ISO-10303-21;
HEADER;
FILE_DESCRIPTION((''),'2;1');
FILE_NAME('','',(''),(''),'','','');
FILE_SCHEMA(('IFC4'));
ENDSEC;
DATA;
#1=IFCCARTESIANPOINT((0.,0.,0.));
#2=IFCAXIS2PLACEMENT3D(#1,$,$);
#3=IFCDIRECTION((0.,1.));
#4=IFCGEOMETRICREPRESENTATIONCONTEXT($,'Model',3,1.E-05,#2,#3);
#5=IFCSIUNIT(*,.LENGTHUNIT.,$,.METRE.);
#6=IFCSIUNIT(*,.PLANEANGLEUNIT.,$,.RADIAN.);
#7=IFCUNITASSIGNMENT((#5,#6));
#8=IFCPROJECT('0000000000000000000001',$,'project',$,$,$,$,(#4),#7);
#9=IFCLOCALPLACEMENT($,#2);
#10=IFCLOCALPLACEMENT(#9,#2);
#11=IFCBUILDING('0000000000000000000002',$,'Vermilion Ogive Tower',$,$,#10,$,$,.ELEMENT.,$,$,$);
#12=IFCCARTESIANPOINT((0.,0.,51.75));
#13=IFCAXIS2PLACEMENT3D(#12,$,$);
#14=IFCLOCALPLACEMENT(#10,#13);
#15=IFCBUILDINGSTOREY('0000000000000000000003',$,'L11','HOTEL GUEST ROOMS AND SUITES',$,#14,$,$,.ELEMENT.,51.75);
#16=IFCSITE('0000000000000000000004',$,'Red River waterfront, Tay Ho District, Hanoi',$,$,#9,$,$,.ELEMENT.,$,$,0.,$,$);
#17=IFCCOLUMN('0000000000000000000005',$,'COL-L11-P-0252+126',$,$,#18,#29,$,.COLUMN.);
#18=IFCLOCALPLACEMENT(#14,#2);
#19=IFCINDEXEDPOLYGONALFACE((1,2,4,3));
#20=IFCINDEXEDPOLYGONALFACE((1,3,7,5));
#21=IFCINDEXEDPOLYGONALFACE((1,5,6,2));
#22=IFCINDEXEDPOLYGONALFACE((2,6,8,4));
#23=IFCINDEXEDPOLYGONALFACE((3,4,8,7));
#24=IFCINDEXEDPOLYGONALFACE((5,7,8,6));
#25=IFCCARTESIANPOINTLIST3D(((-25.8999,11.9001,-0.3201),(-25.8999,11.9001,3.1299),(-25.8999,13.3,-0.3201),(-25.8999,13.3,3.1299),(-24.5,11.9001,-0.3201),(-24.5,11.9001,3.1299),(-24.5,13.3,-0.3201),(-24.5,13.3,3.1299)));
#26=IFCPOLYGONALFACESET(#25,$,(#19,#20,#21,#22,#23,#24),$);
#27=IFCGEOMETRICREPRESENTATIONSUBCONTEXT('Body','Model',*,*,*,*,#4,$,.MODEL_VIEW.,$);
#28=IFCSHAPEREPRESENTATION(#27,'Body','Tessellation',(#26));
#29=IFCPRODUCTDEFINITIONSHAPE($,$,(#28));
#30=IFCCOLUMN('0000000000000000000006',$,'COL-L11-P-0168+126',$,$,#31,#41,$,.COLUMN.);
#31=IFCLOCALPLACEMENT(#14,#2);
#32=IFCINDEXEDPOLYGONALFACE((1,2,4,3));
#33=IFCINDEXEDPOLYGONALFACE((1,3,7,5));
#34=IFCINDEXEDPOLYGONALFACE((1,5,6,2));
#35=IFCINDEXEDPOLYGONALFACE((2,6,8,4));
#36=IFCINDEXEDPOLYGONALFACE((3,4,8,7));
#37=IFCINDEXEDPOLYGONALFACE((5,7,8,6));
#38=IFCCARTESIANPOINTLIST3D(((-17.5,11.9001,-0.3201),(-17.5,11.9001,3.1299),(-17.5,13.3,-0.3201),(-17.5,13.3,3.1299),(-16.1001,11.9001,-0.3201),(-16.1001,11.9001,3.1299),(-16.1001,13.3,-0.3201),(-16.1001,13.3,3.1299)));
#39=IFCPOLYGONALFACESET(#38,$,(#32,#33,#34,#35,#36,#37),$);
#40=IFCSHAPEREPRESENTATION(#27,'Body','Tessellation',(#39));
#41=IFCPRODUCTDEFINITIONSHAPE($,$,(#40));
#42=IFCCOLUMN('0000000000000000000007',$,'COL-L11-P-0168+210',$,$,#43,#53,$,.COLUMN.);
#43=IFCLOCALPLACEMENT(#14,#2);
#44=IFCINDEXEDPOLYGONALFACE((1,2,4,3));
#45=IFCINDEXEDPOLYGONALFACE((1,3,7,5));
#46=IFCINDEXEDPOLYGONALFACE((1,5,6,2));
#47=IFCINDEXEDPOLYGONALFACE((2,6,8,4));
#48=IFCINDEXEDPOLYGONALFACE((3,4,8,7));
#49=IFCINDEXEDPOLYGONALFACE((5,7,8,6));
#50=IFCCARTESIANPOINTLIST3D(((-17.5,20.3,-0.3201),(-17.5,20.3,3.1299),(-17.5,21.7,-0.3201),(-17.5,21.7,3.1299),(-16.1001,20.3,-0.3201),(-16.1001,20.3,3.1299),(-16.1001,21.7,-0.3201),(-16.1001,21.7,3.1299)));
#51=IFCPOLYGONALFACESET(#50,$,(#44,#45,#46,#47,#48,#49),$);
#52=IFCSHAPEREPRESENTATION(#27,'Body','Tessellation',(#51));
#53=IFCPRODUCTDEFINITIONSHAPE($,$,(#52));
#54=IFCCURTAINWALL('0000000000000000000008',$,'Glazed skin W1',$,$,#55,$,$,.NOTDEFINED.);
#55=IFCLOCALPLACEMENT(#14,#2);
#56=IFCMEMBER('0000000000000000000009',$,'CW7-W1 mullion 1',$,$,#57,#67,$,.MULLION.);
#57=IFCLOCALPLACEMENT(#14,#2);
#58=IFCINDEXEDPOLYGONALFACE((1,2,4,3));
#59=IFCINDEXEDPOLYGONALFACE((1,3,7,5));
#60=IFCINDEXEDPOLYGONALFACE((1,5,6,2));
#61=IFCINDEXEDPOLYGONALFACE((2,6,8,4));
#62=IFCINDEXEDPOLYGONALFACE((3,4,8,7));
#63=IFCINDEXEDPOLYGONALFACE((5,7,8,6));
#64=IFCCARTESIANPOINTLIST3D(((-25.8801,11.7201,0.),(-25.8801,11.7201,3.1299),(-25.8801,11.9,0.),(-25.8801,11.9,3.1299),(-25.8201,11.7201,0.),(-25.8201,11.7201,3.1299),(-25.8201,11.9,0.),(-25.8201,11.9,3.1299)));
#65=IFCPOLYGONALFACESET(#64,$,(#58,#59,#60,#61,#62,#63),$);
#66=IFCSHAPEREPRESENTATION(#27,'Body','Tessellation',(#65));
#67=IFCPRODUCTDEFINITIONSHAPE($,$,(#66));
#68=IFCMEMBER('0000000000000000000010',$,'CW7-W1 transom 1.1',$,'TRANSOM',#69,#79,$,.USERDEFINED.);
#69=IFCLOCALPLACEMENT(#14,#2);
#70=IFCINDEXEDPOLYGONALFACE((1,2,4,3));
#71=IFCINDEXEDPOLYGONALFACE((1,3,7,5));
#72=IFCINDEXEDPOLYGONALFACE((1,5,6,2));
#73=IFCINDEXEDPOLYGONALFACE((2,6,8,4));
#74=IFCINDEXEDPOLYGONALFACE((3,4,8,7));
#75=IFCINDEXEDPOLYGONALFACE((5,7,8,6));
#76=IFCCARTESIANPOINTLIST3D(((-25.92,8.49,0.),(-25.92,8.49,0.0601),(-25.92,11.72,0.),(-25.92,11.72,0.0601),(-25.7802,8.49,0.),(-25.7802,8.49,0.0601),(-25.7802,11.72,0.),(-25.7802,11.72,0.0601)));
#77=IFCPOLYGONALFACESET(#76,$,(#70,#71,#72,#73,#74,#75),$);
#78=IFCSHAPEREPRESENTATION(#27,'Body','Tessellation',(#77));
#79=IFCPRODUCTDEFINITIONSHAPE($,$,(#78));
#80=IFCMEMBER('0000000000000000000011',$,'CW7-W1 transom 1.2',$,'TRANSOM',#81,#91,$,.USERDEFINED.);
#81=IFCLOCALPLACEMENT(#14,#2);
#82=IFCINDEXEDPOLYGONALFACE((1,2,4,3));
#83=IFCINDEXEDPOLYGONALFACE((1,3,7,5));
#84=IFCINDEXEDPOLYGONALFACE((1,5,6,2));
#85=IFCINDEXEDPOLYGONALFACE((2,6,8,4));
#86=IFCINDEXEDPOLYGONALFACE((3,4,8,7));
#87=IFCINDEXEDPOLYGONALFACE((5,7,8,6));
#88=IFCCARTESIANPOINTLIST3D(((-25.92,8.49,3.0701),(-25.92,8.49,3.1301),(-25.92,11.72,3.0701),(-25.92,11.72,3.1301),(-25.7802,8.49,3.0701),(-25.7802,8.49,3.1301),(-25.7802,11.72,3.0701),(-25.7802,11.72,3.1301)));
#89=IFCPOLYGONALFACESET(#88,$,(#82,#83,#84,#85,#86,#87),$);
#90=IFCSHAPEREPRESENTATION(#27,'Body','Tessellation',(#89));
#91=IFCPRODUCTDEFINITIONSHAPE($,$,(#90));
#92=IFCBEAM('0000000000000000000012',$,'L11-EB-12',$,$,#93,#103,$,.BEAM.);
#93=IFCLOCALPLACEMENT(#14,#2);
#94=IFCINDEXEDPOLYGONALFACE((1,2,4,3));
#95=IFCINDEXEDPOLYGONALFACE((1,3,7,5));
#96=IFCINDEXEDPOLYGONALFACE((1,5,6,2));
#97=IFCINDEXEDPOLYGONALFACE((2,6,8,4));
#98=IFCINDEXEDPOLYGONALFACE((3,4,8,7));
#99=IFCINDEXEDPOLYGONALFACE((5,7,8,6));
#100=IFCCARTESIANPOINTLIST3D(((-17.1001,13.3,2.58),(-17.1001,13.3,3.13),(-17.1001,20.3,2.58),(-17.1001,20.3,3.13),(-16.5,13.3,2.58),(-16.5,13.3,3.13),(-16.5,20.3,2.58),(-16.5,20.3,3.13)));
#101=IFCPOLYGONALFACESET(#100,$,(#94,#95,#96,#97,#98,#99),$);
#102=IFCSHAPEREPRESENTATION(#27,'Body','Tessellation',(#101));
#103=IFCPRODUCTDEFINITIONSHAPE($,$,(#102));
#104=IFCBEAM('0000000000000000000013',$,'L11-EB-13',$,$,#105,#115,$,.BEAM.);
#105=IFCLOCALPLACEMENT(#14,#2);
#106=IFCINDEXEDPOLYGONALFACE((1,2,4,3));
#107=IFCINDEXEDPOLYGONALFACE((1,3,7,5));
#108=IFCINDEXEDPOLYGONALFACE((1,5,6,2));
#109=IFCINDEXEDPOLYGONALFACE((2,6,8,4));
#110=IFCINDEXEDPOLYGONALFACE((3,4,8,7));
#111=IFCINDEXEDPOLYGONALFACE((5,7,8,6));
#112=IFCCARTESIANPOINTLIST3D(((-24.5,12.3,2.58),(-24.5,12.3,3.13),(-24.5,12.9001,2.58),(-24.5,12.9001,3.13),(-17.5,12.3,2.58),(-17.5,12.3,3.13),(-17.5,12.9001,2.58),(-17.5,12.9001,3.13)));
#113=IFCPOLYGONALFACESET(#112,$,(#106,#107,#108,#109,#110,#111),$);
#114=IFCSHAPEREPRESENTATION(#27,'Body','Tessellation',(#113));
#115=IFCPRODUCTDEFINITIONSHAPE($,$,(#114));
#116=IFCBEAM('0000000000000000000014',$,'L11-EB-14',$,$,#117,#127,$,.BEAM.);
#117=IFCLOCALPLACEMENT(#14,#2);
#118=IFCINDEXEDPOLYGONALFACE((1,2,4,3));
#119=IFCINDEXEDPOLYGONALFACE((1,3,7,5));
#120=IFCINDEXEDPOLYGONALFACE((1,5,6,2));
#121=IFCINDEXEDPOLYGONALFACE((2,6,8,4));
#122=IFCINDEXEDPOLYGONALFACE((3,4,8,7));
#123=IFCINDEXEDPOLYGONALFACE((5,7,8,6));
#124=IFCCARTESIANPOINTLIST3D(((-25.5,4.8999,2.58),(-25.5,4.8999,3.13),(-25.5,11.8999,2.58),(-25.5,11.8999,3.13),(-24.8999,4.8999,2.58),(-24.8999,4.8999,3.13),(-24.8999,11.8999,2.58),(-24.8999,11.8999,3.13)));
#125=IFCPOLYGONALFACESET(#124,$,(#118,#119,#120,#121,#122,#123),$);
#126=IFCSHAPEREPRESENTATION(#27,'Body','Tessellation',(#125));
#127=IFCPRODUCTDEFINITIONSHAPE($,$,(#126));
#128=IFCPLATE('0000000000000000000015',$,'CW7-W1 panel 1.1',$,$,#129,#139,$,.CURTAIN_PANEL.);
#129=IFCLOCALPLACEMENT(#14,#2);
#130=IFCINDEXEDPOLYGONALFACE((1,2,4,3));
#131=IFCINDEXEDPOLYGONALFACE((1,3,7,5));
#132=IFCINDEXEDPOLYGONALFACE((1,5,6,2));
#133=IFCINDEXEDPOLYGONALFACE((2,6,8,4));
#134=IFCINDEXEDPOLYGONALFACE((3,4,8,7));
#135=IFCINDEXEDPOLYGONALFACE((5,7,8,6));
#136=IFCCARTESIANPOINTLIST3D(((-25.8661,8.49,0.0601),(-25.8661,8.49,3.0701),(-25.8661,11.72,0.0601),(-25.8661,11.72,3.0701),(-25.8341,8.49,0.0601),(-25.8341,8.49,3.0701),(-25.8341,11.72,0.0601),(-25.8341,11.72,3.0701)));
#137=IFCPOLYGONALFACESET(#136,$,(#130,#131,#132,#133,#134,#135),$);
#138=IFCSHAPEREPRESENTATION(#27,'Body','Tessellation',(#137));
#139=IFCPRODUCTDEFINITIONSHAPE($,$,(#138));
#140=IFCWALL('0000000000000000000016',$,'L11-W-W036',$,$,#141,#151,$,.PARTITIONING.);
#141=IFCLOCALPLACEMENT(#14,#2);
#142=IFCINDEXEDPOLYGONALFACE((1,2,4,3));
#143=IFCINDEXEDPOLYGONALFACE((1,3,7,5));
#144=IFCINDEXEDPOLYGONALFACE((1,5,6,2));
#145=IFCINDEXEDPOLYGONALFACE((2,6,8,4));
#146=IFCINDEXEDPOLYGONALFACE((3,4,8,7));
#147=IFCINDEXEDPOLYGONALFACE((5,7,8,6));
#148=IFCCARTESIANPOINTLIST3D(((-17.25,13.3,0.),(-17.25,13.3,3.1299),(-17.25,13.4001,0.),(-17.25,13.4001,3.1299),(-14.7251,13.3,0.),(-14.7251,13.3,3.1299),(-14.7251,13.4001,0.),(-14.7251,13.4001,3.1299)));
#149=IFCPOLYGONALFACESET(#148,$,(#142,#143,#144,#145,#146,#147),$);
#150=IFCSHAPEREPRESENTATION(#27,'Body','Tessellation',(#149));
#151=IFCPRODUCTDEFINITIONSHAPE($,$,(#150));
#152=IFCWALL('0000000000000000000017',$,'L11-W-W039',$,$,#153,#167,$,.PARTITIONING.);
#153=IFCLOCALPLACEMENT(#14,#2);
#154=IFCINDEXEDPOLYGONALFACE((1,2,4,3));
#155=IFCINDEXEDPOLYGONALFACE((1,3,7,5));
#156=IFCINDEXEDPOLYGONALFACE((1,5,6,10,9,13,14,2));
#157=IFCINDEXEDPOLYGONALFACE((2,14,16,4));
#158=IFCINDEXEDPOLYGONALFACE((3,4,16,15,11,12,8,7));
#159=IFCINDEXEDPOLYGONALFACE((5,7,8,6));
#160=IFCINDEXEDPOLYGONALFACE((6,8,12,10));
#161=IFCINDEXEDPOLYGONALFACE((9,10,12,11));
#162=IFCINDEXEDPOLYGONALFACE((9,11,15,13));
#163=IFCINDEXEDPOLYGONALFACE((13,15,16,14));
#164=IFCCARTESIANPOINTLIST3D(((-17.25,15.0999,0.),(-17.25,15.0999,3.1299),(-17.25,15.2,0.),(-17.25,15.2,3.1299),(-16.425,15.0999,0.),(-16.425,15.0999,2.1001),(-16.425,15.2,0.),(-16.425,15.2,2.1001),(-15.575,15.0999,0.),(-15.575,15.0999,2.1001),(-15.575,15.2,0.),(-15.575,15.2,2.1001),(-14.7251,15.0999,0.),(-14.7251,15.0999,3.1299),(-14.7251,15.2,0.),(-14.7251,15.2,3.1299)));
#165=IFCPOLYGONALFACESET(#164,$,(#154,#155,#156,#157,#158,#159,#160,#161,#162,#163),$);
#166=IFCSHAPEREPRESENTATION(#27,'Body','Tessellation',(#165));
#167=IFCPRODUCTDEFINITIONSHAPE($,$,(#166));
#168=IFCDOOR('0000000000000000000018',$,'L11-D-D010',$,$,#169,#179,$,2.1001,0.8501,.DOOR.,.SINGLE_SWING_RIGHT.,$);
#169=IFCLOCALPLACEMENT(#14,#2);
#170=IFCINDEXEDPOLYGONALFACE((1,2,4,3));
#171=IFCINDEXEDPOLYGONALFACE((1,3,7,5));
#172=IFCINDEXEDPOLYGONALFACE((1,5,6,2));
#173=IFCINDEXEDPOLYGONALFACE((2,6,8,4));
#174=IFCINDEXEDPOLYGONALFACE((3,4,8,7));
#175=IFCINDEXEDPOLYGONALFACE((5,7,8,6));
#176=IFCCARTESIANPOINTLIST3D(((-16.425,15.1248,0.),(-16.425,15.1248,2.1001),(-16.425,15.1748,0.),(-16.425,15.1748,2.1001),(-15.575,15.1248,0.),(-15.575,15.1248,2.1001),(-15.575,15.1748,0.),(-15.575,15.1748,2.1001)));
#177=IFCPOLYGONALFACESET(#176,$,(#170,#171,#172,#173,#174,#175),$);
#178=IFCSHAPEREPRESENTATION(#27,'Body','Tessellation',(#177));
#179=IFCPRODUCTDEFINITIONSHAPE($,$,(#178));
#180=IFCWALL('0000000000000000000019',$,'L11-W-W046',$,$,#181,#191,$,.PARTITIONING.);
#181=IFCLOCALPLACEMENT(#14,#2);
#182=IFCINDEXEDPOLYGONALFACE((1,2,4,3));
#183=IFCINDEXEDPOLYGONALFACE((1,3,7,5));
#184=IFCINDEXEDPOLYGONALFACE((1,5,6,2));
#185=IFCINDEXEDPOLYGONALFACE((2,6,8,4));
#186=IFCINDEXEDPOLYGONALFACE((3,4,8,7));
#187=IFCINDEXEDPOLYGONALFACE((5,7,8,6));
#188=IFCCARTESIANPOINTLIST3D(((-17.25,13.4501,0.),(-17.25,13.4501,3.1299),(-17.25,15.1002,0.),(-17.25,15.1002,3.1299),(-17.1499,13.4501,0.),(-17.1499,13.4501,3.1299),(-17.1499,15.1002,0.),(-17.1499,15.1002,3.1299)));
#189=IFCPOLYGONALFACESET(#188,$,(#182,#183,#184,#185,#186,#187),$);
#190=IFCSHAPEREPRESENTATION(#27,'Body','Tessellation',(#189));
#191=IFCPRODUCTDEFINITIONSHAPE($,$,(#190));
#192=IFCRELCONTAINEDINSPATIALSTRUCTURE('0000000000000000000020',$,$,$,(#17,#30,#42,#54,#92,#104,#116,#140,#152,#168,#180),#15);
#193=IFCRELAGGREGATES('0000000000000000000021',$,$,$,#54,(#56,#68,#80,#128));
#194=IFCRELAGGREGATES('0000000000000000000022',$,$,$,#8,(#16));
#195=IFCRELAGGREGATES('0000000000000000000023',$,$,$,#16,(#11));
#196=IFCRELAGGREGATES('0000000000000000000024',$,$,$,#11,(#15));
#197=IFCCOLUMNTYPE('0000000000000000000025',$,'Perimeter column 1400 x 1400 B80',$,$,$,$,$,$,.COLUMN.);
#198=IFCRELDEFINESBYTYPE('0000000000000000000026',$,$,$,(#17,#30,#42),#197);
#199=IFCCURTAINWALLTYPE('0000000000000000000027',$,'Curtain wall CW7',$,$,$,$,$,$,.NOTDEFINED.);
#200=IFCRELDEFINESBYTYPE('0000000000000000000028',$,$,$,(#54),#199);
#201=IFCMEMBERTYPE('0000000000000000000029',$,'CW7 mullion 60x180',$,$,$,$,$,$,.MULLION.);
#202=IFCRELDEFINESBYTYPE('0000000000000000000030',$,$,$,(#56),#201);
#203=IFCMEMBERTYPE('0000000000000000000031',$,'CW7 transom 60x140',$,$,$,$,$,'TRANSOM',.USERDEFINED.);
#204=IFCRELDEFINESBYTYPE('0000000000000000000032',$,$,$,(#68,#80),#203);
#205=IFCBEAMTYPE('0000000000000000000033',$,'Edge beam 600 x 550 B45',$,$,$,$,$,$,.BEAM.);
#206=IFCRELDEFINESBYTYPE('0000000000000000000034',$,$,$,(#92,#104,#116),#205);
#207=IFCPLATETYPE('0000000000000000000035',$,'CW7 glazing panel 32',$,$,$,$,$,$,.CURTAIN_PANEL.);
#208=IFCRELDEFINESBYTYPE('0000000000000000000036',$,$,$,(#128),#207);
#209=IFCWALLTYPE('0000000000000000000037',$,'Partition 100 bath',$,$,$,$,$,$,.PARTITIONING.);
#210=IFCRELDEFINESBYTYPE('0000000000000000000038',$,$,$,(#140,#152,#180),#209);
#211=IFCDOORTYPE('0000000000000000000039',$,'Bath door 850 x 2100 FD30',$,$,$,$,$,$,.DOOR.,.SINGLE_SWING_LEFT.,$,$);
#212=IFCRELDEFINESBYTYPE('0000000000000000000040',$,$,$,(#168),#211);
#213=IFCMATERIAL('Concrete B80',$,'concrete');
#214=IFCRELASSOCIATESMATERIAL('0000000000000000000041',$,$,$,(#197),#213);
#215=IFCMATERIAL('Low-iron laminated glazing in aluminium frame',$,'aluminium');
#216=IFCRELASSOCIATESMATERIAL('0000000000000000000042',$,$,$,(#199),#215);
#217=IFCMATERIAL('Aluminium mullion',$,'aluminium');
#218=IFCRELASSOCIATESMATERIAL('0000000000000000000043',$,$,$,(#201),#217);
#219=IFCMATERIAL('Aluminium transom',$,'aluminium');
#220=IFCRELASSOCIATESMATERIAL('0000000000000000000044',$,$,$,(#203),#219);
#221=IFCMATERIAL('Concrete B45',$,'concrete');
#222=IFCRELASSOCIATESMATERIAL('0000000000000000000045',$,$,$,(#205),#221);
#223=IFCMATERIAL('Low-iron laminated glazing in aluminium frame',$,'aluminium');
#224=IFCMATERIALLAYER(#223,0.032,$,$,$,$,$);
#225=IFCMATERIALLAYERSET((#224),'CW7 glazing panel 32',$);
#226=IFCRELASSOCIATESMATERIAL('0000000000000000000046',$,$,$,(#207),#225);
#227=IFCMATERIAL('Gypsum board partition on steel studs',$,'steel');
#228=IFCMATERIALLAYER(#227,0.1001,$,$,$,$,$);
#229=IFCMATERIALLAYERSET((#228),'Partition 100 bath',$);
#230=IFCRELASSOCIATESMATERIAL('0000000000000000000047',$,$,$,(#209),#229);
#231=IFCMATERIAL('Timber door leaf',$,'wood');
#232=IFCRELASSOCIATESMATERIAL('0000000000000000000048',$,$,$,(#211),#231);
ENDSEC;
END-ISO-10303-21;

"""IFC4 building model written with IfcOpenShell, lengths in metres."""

from ifc_helpers import new_model, si_unit, direction, frame, frame_2d, origin, origin_2d, place, context, subcontext, project, spatial, rectangle, extrude, material, layer, layer_set, material_profile, profile_set, type_object, element, fill, aggregate, save


model = new_model("IFC4")

# Units and contexts
model_context = context("Model", 3, precision=1e-05, world=origin(), true_north=direction((0.0, 1.0)))
body_context = subcontext(model_context, "Body", "Model", "MODEL_VIEW")
ifc_project = project(units=[si_unit("LENGTHUNIT", "METRE"), si_unit("PLANEANGLEUNIT", "RADIAN")], contexts=[model_context])

# Site, building, storey
site_placement = place(None, origin())
site = spatial("IfcSite", under=ifc_project, at=site_placement, Name="Red River waterfront, Tay Ho District, Hanoi", CompositionType="ELEMENT", RefElevation=0.0)
building_placement = place(site_placement, origin())
building = spatial("IfcBuilding", under=site, at=building_placement, Name="Vermilion Ogive Tower", CompositionType="ELEMENT")
storey_placement = place(building_placement, frame((0.0, 0.0, 51.75)))
storey = spatial("IfcBuildingStorey", under=building, at=storey_placement, Name="L11", Description="HOTEL GUEST ROOMS AND SUITES", CompositionType="ELEMENT", Elevation=51.75)

# Columns
ifc_material_1 = material(Name="Concrete B80", Category="concrete")
ifc_material_profile_1 = material_profile(ifc_material_1, rectangle(XDim=1.3999, YDim=1.3999, at=origin_2d()), Name="1400 x 1400")
ifc_profile_set_1 = profile_set([ifc_material_profile_1], Name="Concrete B80")
column_type = type_object("IfcColumnType", Name="Perimeter column 1400 x 1400 B80", PredefinedType="COLUMN", material=ifc_profile_set_1)
for number, where, z_axis, x_axis, name in (
    (1, (-25.2, 12.6001, -0.3201), (0.0, 0.0, 1.0), (1.0, 0.0, 0.0), "COL-L11-P-0252+126"),
    (2, (-16.8, 12.6001, -0.3201), (0.0, 0.0, 1.0), (1.0, 0.0, 0.0), "COL-L11-P-0168+126"),
    (3, (-16.8, 21.0, -0.3201), (0.0, 0.0, 1.0), (1.0, 0.0, 0.0), "COL-L11-P-0168+210"),
):
    element("IfcColumn", number, at=place(storey_placement, frame(where, z_axis=z_axis, x_axis=x_axis)), inside=storey, type_object=column_type, Name=name, PredefinedType="COLUMN", context=body_context, shape_type="SweptSolid", body=[
        extrude(rectangle(XDim=1.3999, YDim=1.3999, at=origin_2d()), origin(), (0.0, 0.0, 1.0), 3.45),
    ])

# Curtain wall, members
ifc_material_2 = material(Name="Low-iron laminated glazing in aluminium frame", Category="aluminium")
curtain_wall_type = type_object("IfcCurtainWallType", Name="Curtain wall CW7", PredefinedType="NOTDEFINED", material=ifc_material_2)
curtain_wall_placement = place(storey_placement, origin())
curtain_wall = element("IfcCurtainWall", 4, at=curtain_wall_placement, inside=storey, type_object=curtain_wall_type, Name="Glazed skin W1", PredefinedType="NOTDEFINED")
ifc_material_3 = material(Name="Aluminium mullion", Category="aluminium")
ifc_material_profile_2 = material_profile(ifc_material_3, rectangle(XDim=0.0601, YDim=0.1799, at=origin_2d()), Name="AL 60x180")
ifc_profile_set_2 = profile_set([ifc_material_profile_2], Name="Aluminium mullion")
member_type_1 = type_object("IfcMemberType", Name="CW7 mullion 60x180", PredefinedType="MULLION", material=ifc_profile_set_2)
member_1_placement = place(storey_placement, frame((-25.8501, 11.8101, 0.0), z_axis=(0.0, 0.0, 1.0), x_axis=(1.0, 0.0, 0.0)))
member_1 = element("IfcMember", 5, at=member_1_placement, type_object=member_type_1, Name="CW7-W1 mullion 1", PredefinedType="MULLION", context=body_context, shape_type="SweptSolid", body=[
    extrude(rectangle(XDim=0.0601, YDim=0.1799, at=origin_2d()), origin(), (0.0, 0.0, 1.0), 3.1299),
])
ifc_material_4 = material(Name="Aluminium transom", Category="aluminium")
ifc_material_profile_3 = material_profile(ifc_material_4, rectangle(XDim=0.1399, YDim=0.0601, at=origin_2d()), Name="AL 60x140")
ifc_profile_set_3 = profile_set([ifc_material_profile_3], Name="Aluminium transom")
member_type_2 = type_object("IfcMemberType", Name="CW7 transom 60x140", ElementType="TRANSOM", PredefinedType="USERDEFINED", material=ifc_profile_set_3)
member_2_placement = place(storey_placement, frame((-25.8501, 11.72, 0.03), z_axis=(0.0, -1.0, 0.0), x_axis=(1.0, 0.0, 0.0)))
member_2 = element("IfcMember", 6, at=member_2_placement, type_object=member_type_2, Name="CW7-W1 transom 1.1", ObjectType="TRANSOM", PredefinedType="USERDEFINED", context=body_context, shape_type="SweptSolid", body=[
    extrude(rectangle(XDim=0.1399, YDim=0.0601, at=origin_2d()), origin(), (0.0, 0.0, 1.0), 3.23),
])
member_3_placement = place(storey_placement, frame((-25.8501, 11.72, 3.1001), z_axis=(0.0, -1.0, 0.0), x_axis=(1.0, 0.0, 0.0)))
member_3 = element("IfcMember", 7, at=member_3_placement, type_object=member_type_2, Name="CW7-W1 transom 1.2", ObjectType="TRANSOM", PredefinedType="USERDEFINED", context=body_context, shape_type="SweptSolid", body=[
    extrude(rectangle(XDim=0.1399, YDim=0.0601, at=origin_2d()), origin(), (0.0, 0.0, 1.0), 3.23),
])

# Beams
ifc_material_5 = material(Name="Concrete B45", Category="concrete")
ifc_material_profile_4 = material_profile(ifc_material_5, rectangle(XDim=0.6001, YDim=0.55, at=origin_2d()), Name="600 x 550")
ifc_profile_set_4 = profile_set([ifc_material_profile_4], Name="Concrete B45")
beam_type = type_object("IfcBeamType", Name="Edge beam 600 x 550 B45", PredefinedType="BEAM", material=ifc_profile_set_4)
for number, where, z_axis, x_axis, name in (
    (8, (-16.8, 20.3, 2.855), (0.0, -1.0, 0.0), (1.0, 0.0, 0.0), "L11-EB-12"),
    (9, (-17.5, 12.6001, 2.855), (-1.0, 0.0, 0.0), (0.0, -1.0, 0.0), "L11-EB-13"),
    (10, (-25.2, 11.8999, 2.855), (0.0, -1.0, 0.0), (1.0, 0.0, 0.0), "L11-EB-14"),
):
    element("IfcBeam", number, at=place(storey_placement, frame(where, z_axis=z_axis, x_axis=x_axis)), inside=storey, type_object=beam_type, Name=name, PredefinedType="BEAM", context=body_context, shape_type="SweptSolid", body=[
        extrude(rectangle(XDim=0.6001, YDim=0.55, at=origin_2d()), origin(), (0.0, 0.0, 1.0), 7.0),
    ])

# Plate
ifc_material_6 = material(Name="Low-iron laminated glazing in aluminium frame", Category="aluminium")
ifc_layer_1 = layer(ifc_material_6, 0.032)
ifc_layer_set_1 = layer_set([ifc_layer_1], Name="CW7 glazing panel 32")
plate_type = type_object("IfcPlateType", Name="CW7 glazing panel 32", PredefinedType="CURTAIN_PANEL", material=ifc_layer_set_1)
plate_placement = place(storey_placement, frame((-25.8501, 10.105, 0.0601), z_axis=(0.0, 0.0, 1.0), x_axis=(0.0, -1.0, 0.0)))
plate = element("IfcPlate", 11, at=plate_placement, type_object=plate_type, Name="CW7-W1 panel 1.1", PredefinedType="CURTAIN_PANEL", context=body_context, shape_type="SweptSolid", body=[
    extrude(rectangle(XDim=3.23, YDim=0.032, at=origin_2d()), origin(), (0.0, 0.0, 1.0), 3.01),
])
aggregate(curtain_wall, [member_1, member_2, member_3, plate])

# Wall
ifc_material_7 = material(Name="Gypsum board partition on steel studs", Category="steel")
ifc_layer_2 = layer(ifc_material_7, 0.1001)
ifc_layer_set_2 = layer_set([ifc_layer_2], Name="Partition 100 bath")
wall_type_1 = type_object("IfcWallType", Name="Partition 100 bath", PredefinedType="PARTITIONING", material=ifc_layer_set_2)
wall_1_placement = place(storey_placement, frame((-17.25, 13.3501, 0.0), z_axis=(0.0, 0.0, 1.0), x_axis=(1.0, 0.0, 0.0)))
element("IfcWall", 12, at=wall_1_placement, inside=storey, type_object=wall_type_1, Name="L11-W-W036", PredefinedType="PARTITIONING", context=body_context, shape_type="SweptSolid", body=[
    extrude(rectangle(XDim=2.5249, YDim=0.1001, at=frame_2d((1.2625, 0.0))), origin(), (0.0, 0.0, 1.0), 3.1299),
])

# Wall, opening, door
wall_2_placement = place(storey_placement, frame((-17.25, 15.1499, 0.0), z_axis=(0.0, 0.0, 1.0), x_axis=(1.0, 0.0, 0.0)))
wall_2 = element("IfcWall", 13, at=wall_2_placement, inside=storey, type_object=wall_type_1, Name="L11-W-W039", PredefinedType="PARTITIONING", context=body_context, shape_type="SweptSolid", body=[
    extrude(rectangle(XDim=2.5249, YDim=0.1001, at=frame_2d((1.2625, 0.0))), origin(), (0.0, 0.0, 1.0), 3.1299),
])
opening_1_placement = place(wall_2_placement, frame((0.825, 0.0, 0.0)))
opening_1 = element("IfcOpeningElement", 14, at=opening_1_placement, cuts=wall_2, PredefinedType="OPENING", context=body_context, shape_type="SweptSolid", body=[
    extrude(rectangle(XDim=0.8501, YDim=2.1001, at=frame_2d((0.425, 1.05))), frame((0.0, 0.0601, 0.0), z_axis=(0.0, -1.0, 0.0), x_axis=(1.0, 0.0, 0.0)), (0.0, 0.0, 1.0), 0.1201),
])
ifc_material_8 = material(Name="Timber door leaf", Category="wood")
door_type_1 = type_object("IfcDoorType", Name="Bath door 850 x 2100 FD30", OperationType="SINGLE_SWING_LEFT", PredefinedType="DOOR", material=ifc_material_8)
door_1_placement = place(opening_1_placement, origin())
door_1 = element("IfcDoor", 15, at=door_1_placement, inside=storey, type_object=door_type_1, Name="L11-D-D010", OperationType="SINGLE_SWING_RIGHT", OverallHeight=2.1001, OverallWidth=0.8501, PredefinedType="DOOR", context=body_context, shape_type="SweptSolid", body=[
    extrude(rectangle(XDim=0.8501, YDim=2.1001, at=frame_2d((0.425, 1.05))), frame((0.0, 0.0249, 0.0), z_axis=(0.0, -1.0, 0.0), x_axis=(1.0, 0.0, 0.0)), (0.0, 0.0, 1.0), 0.05),
])
fill(opening_1, door_1)

# Wall
wall_3_placement = place(storey_placement, frame((-17.2, 13.45, 0.0), z_axis=(0.0, 0.0, 1.0), x_axis=(0.0, 1.0, 0.0)))
element("IfcWall", 16, at=wall_3_placement, inside=storey, type_object=wall_type_1, Name="L11-W-W046", PredefinedType="PARTITIONING", context=body_context, shape_type="SweptSolid", body=[
    extrude(rectangle(XDim=1.6501, YDim=0.1001, at=frame_2d((0.8252, 0.0))), origin(), (0.0, 0.0, 1.0), 3.1299),
])

save(model, "model.ifc")
